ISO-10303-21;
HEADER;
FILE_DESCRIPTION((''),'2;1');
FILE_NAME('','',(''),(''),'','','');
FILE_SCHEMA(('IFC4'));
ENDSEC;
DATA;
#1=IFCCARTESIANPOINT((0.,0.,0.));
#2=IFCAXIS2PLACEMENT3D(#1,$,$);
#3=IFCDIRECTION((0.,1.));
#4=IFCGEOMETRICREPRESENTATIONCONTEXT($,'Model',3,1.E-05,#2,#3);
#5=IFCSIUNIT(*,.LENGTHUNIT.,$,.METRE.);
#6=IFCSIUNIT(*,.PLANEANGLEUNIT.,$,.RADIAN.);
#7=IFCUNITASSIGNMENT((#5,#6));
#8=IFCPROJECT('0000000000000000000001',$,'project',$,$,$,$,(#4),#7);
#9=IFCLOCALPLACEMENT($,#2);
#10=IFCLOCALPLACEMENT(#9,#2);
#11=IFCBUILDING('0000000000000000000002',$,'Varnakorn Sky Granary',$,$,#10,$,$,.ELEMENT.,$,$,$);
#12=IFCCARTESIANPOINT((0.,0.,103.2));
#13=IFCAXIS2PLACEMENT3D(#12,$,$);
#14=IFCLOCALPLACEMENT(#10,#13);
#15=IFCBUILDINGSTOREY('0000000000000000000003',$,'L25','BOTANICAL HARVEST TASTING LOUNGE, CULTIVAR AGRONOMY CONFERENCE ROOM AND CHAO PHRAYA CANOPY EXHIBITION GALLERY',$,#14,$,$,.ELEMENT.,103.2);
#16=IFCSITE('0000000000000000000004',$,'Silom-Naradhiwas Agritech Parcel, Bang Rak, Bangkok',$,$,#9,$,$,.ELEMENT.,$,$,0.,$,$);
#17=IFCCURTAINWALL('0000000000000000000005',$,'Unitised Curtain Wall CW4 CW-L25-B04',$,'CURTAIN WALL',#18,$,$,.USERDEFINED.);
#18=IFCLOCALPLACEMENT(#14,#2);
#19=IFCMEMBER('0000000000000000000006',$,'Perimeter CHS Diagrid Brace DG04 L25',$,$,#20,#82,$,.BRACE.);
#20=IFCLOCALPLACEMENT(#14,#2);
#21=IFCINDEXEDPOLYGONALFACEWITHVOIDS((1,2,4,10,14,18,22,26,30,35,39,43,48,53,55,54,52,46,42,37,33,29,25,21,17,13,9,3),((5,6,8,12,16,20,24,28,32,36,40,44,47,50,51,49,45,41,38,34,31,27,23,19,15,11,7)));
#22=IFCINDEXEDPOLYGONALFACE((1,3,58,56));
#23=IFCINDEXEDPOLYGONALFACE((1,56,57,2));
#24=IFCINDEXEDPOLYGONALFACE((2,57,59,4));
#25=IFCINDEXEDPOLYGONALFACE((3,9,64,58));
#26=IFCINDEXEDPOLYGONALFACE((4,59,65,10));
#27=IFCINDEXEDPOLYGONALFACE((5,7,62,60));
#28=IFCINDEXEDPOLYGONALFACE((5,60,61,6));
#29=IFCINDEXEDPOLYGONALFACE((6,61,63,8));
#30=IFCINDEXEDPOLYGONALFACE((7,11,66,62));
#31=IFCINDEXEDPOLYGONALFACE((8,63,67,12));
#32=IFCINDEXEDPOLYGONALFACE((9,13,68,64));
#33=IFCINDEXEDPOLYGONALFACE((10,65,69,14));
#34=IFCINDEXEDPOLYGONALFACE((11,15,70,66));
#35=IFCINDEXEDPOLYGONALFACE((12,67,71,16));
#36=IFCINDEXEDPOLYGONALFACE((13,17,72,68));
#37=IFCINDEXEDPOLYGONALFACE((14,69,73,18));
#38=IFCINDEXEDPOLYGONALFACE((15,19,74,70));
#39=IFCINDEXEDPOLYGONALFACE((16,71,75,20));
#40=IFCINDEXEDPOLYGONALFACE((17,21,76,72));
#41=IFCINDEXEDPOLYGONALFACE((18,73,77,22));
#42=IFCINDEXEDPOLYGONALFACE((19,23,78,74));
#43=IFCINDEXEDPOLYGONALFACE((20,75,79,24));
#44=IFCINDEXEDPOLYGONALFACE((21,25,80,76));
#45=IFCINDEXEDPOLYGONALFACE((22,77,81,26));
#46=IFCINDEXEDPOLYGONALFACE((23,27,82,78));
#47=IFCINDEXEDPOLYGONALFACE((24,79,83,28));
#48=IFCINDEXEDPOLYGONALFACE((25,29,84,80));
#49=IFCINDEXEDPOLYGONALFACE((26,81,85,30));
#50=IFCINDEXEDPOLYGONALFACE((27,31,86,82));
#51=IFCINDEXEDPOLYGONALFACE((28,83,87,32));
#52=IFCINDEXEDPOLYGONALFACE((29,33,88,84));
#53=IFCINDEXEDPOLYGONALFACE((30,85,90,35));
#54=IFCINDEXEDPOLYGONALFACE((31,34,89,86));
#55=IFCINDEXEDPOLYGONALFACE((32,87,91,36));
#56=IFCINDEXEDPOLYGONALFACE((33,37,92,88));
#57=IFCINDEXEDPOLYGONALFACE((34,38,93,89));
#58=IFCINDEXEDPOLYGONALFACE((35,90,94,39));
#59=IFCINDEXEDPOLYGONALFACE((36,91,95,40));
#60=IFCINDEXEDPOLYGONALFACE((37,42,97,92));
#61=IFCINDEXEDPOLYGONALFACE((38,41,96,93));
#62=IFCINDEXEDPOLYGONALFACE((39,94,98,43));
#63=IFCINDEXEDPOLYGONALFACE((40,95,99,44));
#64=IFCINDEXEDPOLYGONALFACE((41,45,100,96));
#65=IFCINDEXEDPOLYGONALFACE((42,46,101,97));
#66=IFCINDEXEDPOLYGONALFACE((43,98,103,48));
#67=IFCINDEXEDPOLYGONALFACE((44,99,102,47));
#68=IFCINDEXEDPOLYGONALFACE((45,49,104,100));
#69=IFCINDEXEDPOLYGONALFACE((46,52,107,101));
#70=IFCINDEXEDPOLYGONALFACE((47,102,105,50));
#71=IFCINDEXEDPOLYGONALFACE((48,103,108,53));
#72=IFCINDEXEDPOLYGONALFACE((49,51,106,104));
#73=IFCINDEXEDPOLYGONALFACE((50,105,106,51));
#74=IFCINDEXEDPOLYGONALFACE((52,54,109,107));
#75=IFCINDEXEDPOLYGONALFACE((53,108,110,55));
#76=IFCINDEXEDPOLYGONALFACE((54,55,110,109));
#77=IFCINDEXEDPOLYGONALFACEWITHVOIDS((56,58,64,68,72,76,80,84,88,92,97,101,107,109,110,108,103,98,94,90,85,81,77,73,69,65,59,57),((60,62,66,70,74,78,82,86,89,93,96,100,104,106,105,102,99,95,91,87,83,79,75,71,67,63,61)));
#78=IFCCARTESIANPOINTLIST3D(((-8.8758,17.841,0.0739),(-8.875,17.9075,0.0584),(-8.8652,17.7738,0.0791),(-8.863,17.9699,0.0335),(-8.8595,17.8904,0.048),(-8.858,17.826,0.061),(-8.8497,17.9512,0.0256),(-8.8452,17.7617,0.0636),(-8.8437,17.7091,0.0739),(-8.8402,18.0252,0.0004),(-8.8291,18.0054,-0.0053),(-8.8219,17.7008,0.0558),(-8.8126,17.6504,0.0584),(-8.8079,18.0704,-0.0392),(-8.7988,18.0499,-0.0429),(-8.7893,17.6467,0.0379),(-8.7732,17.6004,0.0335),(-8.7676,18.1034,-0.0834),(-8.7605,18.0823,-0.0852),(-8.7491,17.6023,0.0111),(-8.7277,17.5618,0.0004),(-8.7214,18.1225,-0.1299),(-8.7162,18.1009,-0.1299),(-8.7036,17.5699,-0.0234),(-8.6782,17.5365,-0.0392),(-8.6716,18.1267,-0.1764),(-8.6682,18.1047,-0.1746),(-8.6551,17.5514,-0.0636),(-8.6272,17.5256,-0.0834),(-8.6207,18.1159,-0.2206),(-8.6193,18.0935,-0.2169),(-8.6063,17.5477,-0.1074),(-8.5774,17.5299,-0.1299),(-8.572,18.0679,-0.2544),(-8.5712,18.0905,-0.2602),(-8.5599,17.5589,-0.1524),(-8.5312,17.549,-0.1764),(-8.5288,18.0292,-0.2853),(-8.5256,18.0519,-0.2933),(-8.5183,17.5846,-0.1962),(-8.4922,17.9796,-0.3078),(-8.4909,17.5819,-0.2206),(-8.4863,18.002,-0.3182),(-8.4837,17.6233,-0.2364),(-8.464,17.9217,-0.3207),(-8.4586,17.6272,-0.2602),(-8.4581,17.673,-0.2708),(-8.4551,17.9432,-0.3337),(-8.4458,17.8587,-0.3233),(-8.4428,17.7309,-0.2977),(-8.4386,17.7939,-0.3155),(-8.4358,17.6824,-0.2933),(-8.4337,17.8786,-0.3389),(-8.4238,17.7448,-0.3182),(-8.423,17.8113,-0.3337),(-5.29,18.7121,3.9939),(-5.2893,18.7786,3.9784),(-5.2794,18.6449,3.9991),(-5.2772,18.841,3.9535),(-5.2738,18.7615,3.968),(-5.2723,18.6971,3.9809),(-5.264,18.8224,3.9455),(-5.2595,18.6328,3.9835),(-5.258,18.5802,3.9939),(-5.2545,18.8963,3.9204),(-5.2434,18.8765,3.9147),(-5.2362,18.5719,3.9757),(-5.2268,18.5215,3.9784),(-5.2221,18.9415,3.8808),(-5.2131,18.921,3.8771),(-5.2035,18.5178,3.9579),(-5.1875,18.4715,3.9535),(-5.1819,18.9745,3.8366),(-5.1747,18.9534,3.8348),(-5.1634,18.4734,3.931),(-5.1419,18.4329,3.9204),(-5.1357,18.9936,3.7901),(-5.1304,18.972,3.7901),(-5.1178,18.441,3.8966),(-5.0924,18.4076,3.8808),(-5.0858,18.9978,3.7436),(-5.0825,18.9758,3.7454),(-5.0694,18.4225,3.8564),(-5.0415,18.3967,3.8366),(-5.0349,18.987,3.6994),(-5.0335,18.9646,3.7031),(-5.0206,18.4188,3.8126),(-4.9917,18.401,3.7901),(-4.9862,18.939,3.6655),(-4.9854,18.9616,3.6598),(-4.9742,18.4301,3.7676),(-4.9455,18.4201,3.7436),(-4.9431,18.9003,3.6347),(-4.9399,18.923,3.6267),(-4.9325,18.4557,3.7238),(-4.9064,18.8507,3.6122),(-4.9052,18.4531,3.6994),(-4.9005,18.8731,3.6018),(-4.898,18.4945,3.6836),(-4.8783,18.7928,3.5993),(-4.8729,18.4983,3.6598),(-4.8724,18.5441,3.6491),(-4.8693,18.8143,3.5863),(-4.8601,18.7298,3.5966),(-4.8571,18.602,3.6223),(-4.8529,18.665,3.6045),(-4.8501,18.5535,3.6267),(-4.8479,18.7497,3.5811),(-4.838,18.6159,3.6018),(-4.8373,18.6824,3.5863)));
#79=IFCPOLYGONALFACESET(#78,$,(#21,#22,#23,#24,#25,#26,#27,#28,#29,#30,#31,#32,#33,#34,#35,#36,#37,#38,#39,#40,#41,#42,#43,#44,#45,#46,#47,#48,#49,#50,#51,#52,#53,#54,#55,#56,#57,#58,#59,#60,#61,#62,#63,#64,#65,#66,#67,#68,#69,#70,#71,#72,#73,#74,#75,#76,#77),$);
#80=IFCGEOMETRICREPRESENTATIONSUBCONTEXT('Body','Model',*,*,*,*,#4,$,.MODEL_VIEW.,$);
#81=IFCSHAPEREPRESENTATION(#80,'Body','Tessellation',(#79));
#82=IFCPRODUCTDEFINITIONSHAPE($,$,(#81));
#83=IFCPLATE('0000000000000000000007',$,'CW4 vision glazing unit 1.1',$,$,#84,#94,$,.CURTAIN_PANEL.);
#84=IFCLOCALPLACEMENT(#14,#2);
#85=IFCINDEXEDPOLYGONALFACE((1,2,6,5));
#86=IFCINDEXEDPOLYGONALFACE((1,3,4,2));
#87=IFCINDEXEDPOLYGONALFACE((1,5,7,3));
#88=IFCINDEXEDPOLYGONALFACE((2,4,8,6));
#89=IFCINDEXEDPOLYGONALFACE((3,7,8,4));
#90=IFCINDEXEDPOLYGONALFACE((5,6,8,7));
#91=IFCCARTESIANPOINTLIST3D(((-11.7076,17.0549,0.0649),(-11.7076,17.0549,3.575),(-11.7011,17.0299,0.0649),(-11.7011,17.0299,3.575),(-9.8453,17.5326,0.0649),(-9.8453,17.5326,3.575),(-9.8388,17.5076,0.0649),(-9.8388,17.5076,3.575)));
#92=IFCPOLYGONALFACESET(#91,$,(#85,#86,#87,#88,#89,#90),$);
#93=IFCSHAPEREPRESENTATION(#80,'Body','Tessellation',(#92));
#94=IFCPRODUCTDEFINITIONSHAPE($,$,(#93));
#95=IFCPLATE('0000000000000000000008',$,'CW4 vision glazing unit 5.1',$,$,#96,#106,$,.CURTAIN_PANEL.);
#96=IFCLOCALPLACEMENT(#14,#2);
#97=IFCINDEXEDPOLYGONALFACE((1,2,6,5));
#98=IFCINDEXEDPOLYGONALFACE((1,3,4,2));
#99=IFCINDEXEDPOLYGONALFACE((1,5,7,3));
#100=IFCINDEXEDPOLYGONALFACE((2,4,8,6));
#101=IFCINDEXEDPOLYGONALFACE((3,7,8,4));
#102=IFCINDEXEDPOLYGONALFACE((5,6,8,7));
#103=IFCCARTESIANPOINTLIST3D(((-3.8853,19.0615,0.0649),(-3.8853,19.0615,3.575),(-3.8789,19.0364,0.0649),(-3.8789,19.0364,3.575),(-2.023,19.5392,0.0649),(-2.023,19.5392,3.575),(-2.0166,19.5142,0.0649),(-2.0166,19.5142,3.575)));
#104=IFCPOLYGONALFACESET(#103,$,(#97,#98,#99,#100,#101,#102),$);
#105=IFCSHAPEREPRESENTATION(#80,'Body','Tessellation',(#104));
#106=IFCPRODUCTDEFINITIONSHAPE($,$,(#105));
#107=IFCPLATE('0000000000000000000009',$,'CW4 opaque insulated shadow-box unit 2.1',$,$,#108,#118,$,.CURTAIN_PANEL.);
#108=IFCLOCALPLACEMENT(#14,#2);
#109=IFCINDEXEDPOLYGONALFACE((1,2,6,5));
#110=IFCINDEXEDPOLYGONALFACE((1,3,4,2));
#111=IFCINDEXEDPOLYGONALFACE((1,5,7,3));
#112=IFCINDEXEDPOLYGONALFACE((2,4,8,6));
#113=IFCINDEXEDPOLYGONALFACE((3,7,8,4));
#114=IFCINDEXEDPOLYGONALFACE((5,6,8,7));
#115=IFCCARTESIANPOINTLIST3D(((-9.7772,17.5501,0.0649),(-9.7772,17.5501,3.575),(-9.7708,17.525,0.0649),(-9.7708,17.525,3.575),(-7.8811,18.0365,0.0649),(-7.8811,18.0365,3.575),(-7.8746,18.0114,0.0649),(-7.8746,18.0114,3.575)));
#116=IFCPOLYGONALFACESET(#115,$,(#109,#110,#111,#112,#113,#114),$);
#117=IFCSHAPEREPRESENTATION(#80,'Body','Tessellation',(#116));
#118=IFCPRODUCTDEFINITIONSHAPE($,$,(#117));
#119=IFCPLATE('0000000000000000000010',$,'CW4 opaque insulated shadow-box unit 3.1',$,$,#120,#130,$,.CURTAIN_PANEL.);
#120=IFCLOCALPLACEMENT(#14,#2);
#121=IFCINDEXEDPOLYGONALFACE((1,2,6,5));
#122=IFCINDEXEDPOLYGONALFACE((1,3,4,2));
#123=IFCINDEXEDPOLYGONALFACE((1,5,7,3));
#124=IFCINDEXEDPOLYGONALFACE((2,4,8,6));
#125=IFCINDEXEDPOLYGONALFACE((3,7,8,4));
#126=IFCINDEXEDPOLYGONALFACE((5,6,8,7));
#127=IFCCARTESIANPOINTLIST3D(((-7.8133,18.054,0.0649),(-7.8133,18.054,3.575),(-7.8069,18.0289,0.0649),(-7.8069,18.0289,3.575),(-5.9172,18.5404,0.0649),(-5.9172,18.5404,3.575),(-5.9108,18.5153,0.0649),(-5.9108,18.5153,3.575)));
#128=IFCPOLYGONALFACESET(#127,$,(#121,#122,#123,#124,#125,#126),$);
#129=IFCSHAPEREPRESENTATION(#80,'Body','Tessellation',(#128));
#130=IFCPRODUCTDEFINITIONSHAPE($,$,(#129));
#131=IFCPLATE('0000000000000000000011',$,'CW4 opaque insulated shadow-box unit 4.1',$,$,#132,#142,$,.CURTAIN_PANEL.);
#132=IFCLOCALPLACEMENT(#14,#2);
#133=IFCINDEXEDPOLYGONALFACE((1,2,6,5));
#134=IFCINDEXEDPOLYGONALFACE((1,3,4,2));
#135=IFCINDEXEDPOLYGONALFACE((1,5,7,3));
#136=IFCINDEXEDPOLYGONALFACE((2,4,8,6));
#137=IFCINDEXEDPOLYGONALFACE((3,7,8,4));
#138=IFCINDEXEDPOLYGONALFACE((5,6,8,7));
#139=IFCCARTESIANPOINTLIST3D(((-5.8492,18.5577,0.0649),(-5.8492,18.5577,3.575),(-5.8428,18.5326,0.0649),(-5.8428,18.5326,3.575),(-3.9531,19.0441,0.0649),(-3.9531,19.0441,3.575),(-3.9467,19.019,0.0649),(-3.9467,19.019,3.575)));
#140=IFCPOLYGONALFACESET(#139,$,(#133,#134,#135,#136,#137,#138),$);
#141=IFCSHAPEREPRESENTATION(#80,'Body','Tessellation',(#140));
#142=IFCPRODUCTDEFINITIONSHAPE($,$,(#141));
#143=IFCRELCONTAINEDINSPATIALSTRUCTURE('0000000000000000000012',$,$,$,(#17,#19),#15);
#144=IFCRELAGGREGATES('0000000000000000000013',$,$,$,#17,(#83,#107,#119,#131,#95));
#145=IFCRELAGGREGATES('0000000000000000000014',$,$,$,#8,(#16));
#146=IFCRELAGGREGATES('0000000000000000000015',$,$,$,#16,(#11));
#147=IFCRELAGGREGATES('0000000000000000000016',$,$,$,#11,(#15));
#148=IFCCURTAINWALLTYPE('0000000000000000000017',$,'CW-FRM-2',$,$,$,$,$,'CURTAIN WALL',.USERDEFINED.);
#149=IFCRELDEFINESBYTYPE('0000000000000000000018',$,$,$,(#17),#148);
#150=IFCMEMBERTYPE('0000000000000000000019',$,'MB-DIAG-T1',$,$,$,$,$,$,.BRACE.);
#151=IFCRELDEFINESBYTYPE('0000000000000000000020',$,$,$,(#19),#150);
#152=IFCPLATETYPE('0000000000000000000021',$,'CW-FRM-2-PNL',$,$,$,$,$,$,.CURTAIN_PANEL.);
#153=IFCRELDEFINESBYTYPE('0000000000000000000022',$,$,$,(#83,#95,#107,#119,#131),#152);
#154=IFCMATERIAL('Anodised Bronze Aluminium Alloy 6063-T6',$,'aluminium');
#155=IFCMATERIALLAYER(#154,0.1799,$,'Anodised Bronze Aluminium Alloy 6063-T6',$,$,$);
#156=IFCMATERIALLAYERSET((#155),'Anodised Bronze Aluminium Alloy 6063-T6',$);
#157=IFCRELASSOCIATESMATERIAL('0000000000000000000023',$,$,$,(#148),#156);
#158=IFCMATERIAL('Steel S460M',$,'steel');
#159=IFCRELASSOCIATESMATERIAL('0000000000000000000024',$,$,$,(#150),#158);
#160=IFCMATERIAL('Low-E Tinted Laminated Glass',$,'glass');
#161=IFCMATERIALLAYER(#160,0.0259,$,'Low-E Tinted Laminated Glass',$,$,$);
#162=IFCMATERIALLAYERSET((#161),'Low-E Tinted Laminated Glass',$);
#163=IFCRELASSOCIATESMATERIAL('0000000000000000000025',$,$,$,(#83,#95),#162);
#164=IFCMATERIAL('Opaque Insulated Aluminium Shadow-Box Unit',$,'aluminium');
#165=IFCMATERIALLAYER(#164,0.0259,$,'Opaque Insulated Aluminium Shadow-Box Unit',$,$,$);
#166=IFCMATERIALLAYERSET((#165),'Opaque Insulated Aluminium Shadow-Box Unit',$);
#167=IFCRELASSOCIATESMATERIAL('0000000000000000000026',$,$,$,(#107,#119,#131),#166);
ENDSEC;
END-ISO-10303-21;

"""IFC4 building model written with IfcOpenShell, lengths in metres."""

from ifc_helpers import new_model, si_unit, direction, frame, origin, origin_2d, place, context, subcontext, project, spatial, rectangle, hollow_circle, extrude, source, transform, mapped, material, layer, layer_set, material_profile, profile_set, type_object, type_shapes, element, aggregate, save


model = new_model("IFC4")

# Units and contexts
model_context = context("Model", 3, precision=1e-05, world=origin(), true_north=direction((0.0, 1.0)))
body_context = subcontext(model_context, "Body", "Model", "MODEL_VIEW")
ifc_project = project(units=[si_unit("LENGTHUNIT", "METRE"), si_unit("PLANEANGLEUNIT", "RADIAN")], contexts=[model_context])

# Site, building, storey
site_placement = place(None, origin())
site = spatial("IfcSite", under=ifc_project, at=site_placement, Name="Silom-Naradhiwas Agritech Parcel, Bang Rak, Bangkok", CompositionType="ELEMENT", RefElevation=0.0)
building_placement = place(site_placement, origin())
building = spatial("IfcBuilding", under=site, at=building_placement, Name="Varnakorn Sky Granary", CompositionType="ELEMENT")
storey_placement = place(building_placement, frame((0.0, 0.0, 103.2)))
storey = spatial("IfcBuildingStorey", under=building, at=storey_placement, Name="L25", Description="BOTANICAL HARVEST TASTING LOUNGE, CULTIVAR AGRONOMY CONFERENCE ROOM AND CHAO PHRAYA CANOPY EXHIBITION GALLERY", CompositionType="ELEMENT", Elevation=103.2)

# Shared definitions
ifc_material_1 = material(Name="Steel S460M", Category="steel")

# Shared definitions
ifc_material_2 = material(Name="Anodised Bronze Aluminium Alloy 6063-T6", Category="aluminium")
ifc_layer_1 = layer(ifc_material_2, 0.1799, Name="Anodised Bronze Aluminium Alloy 6063-T6")
ifc_layer_set_1 = layer_set([ifc_layer_1], Name="Anodised Bronze Aluminium Alloy 6063-T6")
curtain_wall_type = type_object("IfcCurtainWallType", Name="CW-FRM-2", ElementType="CURTAIN WALL", PredefinedType="USERDEFINED", material=ifc_layer_set_1)

# Curtain wall
curtain_wall_1_placement = place(storey_placement, origin())
curtain_wall_1 = element("IfcCurtainWall", 1, at=curtain_wall_1_placement, inside=storey, type_object=curtain_wall_type, Name="Unitised Curtain Wall CW4 CW-L25-B04", ObjectType="CURTAIN WALL", PredefinedType="USERDEFINED")

# Member
ifc_material_profile_1 = material_profile(ifc_material_1, hollow_circle(Radius=0.3049, WallThickness=0.0222, at=origin_2d()), Name="CHS 610x22")
ifc_profile_set_1 = profile_set([ifc_material_profile_1], Name="Steel S460M")
member_type_1 = type_object("IfcMemberType", Name="MB-DIAG-T1", PredefinedType="BRACE", material=ifc_profile_set_1)
member_1_placement = place(storey_placement, frame((-8.6494, 17.8262, -0.1299), z_axis=(0.666056, 0.161809, 0.72814), x_axis=(-0.23607, 0.971736, 0.0)))
element("IfcMember", 2, at=member_1_placement, inside=storey, type_object=member_type_1, Name="Perimeter CHS Diagrid Brace DG04 L25", PredefinedType="BRACE", context=body_context, shape_type="SweptSolid", body=[
    extrude(hollow_circle(Radius=0.3049, WallThickness=0.0222, at=origin_2d()), origin(), (0.0, 0.0, 1.0), 5.3835),
])

# Plates
ifc_material_3 = material(Name="Low-E Tinted Laminated Glass", Category="glass")
ifc_layer_2 = layer(ifc_material_3, 0.0259, Name="Low-E Tinted Laminated Glass")
ifc_layer_set_2 = layer_set([ifc_layer_2], Name="Low-E Tinted Laminated Glass")
plate_type = type_object("IfcPlateType", Name="CW-FRM-2-PNL", PredefinedType="CURTAIN_PANEL")
shared_shape_1 = source(origin(), body_context, "Body", "SweptSolid", [
    extrude(rectangle(XDim=1.9226, YDim=0.0259, at=origin_2d()), origin(), (0.0, 0.0, 1.0), 3.51),
])
plate_1_placement = place(storey_placement, frame((-10.7732, 17.2812, 0.0649), z_axis=(0.0, 0.0, 1.0), x_axis=(0.968638, 0.248477, 0.0)))
plate_1 = element("IfcPlate", 3, at=plate_1_placement, type_object=plate_type, material=ifc_layer_set_2, Name="CW4 vision glazing unit 1.1", PredefinedType="CURTAIN_PANEL", context=body_context, shape_type="MappedRepresentation", body=[
    mapped(shared_shape_1, transform((0.0, 0.0, 0.0), x_axis=(1.0, 0.0, 0.0), y_axis=(0.0, 1.0, 0.0), z_axis=(0.0, 0.0, 1.0), scale=1.0)),
])
plate_2_placement = place(storey_placement, frame((-2.9509, 19.2878, 0.0649), z_axis=(0.0, 0.0, 1.0), x_axis=(0.968638, 0.248477, 0.0)))
plate_2 = element("IfcPlate", 4, at=plate_2_placement, type_object=plate_type, material=ifc_layer_set_2, Name="CW4 vision glazing unit 5.1", PredefinedType="CURTAIN_PANEL", context=body_context, shape_type="MappedRepresentation", body=[
    mapped(shared_shape_1, transform((0.0, 0.0, 0.0), x_axis=(1.0, 0.0, 0.0), y_axis=(0.0, 1.0, 0.0), z_axis=(0.0, 0.0, 1.0), scale=1.0)),
])
ifc_material_4 = material(Name="Opaque Insulated Aluminium Shadow-Box Unit", Category="aluminium")
ifc_layer_3 = layer(ifc_material_4, 0.0259, Name="Opaque Insulated Aluminium Shadow-Box Unit")
ifc_layer_set_3 = layer_set([ifc_layer_3], Name="Opaque Insulated Aluminium Shadow-Box Unit")
shared_shape_2 = source(origin(), body_context, "Body", "SweptSolid", [
    extrude(rectangle(XDim=1.9575, YDim=0.0259, at=origin_2d()), origin(), (0.0, 0.0, 1.0), 3.51),
])
type_shapes(plate_type, [shared_shape_1, shared_shape_2])
plate_3_placement = place(storey_placement, frame((-8.8259, 17.7808, 0.0649), z_axis=(0.0, 0.0, 1.0), x_axis=(0.968638, 0.248477, 0.0)))
plate_3 = element("IfcPlate", 5, at=plate_3_placement, type_object=plate_type, material=ifc_layer_set_3, Name="CW4 opaque insulated shadow-box unit 2.1", PredefinedType="CURTAIN_PANEL", context=body_context, shape_type="MappedRepresentation", body=[
    mapped(shared_shape_2, transform((0.0, 0.0, 0.0), x_axis=(1.0, 0.0, 0.0), y_axis=(0.0, 1.0, 0.0), z_axis=(0.0, 0.0, 1.0), scale=1.0)),
])
plate_4_placement = place(storey_placement, frame((-6.8621, 18.2847, 0.0649), z_axis=(0.0, 0.0, 1.0), x_axis=(0.968638, 0.248477, 0.0)))
plate_4 = element("IfcPlate", 6, at=plate_4_placement, type_object=plate_type, material=ifc_layer_set_3, Name="CW4 opaque insulated shadow-box unit 3.1", PredefinedType="CURTAIN_PANEL", context=body_context, shape_type="MappedRepresentation", body=[
    mapped(shared_shape_2, transform((0.0, 0.0, 0.0), x_axis=(1.0, 0.0, 0.0), y_axis=(0.0, 1.0, 0.0), z_axis=(0.0, 0.0, 1.0), scale=1.0)),
])
plate_5_placement = place(storey_placement, frame((-4.8979, 18.7883, 0.0649), z_axis=(0.0, 0.0, 1.0), x_axis=(0.968638, 0.248477, 0.0)))
plate_5 = element("IfcPlate", 7, at=plate_5_placement, type_object=plate_type, material=ifc_layer_set_3, Name="CW4 opaque insulated shadow-box unit 4.1", PredefinedType="CURTAIN_PANEL", context=body_context, shape_type="MappedRepresentation", body=[
    mapped(shared_shape_2, transform((0.0, 0.0, 0.0), x_axis=(1.0, 0.0, 0.0), y_axis=(0.0, 1.0, 0.0), z_axis=(0.0, 0.0, 1.0), scale=1.0)),
])
aggregate(curtain_wall_1, [plate_1, plate_3, plate_4, plate_5, plate_2])

save(model, "model.ifc")
